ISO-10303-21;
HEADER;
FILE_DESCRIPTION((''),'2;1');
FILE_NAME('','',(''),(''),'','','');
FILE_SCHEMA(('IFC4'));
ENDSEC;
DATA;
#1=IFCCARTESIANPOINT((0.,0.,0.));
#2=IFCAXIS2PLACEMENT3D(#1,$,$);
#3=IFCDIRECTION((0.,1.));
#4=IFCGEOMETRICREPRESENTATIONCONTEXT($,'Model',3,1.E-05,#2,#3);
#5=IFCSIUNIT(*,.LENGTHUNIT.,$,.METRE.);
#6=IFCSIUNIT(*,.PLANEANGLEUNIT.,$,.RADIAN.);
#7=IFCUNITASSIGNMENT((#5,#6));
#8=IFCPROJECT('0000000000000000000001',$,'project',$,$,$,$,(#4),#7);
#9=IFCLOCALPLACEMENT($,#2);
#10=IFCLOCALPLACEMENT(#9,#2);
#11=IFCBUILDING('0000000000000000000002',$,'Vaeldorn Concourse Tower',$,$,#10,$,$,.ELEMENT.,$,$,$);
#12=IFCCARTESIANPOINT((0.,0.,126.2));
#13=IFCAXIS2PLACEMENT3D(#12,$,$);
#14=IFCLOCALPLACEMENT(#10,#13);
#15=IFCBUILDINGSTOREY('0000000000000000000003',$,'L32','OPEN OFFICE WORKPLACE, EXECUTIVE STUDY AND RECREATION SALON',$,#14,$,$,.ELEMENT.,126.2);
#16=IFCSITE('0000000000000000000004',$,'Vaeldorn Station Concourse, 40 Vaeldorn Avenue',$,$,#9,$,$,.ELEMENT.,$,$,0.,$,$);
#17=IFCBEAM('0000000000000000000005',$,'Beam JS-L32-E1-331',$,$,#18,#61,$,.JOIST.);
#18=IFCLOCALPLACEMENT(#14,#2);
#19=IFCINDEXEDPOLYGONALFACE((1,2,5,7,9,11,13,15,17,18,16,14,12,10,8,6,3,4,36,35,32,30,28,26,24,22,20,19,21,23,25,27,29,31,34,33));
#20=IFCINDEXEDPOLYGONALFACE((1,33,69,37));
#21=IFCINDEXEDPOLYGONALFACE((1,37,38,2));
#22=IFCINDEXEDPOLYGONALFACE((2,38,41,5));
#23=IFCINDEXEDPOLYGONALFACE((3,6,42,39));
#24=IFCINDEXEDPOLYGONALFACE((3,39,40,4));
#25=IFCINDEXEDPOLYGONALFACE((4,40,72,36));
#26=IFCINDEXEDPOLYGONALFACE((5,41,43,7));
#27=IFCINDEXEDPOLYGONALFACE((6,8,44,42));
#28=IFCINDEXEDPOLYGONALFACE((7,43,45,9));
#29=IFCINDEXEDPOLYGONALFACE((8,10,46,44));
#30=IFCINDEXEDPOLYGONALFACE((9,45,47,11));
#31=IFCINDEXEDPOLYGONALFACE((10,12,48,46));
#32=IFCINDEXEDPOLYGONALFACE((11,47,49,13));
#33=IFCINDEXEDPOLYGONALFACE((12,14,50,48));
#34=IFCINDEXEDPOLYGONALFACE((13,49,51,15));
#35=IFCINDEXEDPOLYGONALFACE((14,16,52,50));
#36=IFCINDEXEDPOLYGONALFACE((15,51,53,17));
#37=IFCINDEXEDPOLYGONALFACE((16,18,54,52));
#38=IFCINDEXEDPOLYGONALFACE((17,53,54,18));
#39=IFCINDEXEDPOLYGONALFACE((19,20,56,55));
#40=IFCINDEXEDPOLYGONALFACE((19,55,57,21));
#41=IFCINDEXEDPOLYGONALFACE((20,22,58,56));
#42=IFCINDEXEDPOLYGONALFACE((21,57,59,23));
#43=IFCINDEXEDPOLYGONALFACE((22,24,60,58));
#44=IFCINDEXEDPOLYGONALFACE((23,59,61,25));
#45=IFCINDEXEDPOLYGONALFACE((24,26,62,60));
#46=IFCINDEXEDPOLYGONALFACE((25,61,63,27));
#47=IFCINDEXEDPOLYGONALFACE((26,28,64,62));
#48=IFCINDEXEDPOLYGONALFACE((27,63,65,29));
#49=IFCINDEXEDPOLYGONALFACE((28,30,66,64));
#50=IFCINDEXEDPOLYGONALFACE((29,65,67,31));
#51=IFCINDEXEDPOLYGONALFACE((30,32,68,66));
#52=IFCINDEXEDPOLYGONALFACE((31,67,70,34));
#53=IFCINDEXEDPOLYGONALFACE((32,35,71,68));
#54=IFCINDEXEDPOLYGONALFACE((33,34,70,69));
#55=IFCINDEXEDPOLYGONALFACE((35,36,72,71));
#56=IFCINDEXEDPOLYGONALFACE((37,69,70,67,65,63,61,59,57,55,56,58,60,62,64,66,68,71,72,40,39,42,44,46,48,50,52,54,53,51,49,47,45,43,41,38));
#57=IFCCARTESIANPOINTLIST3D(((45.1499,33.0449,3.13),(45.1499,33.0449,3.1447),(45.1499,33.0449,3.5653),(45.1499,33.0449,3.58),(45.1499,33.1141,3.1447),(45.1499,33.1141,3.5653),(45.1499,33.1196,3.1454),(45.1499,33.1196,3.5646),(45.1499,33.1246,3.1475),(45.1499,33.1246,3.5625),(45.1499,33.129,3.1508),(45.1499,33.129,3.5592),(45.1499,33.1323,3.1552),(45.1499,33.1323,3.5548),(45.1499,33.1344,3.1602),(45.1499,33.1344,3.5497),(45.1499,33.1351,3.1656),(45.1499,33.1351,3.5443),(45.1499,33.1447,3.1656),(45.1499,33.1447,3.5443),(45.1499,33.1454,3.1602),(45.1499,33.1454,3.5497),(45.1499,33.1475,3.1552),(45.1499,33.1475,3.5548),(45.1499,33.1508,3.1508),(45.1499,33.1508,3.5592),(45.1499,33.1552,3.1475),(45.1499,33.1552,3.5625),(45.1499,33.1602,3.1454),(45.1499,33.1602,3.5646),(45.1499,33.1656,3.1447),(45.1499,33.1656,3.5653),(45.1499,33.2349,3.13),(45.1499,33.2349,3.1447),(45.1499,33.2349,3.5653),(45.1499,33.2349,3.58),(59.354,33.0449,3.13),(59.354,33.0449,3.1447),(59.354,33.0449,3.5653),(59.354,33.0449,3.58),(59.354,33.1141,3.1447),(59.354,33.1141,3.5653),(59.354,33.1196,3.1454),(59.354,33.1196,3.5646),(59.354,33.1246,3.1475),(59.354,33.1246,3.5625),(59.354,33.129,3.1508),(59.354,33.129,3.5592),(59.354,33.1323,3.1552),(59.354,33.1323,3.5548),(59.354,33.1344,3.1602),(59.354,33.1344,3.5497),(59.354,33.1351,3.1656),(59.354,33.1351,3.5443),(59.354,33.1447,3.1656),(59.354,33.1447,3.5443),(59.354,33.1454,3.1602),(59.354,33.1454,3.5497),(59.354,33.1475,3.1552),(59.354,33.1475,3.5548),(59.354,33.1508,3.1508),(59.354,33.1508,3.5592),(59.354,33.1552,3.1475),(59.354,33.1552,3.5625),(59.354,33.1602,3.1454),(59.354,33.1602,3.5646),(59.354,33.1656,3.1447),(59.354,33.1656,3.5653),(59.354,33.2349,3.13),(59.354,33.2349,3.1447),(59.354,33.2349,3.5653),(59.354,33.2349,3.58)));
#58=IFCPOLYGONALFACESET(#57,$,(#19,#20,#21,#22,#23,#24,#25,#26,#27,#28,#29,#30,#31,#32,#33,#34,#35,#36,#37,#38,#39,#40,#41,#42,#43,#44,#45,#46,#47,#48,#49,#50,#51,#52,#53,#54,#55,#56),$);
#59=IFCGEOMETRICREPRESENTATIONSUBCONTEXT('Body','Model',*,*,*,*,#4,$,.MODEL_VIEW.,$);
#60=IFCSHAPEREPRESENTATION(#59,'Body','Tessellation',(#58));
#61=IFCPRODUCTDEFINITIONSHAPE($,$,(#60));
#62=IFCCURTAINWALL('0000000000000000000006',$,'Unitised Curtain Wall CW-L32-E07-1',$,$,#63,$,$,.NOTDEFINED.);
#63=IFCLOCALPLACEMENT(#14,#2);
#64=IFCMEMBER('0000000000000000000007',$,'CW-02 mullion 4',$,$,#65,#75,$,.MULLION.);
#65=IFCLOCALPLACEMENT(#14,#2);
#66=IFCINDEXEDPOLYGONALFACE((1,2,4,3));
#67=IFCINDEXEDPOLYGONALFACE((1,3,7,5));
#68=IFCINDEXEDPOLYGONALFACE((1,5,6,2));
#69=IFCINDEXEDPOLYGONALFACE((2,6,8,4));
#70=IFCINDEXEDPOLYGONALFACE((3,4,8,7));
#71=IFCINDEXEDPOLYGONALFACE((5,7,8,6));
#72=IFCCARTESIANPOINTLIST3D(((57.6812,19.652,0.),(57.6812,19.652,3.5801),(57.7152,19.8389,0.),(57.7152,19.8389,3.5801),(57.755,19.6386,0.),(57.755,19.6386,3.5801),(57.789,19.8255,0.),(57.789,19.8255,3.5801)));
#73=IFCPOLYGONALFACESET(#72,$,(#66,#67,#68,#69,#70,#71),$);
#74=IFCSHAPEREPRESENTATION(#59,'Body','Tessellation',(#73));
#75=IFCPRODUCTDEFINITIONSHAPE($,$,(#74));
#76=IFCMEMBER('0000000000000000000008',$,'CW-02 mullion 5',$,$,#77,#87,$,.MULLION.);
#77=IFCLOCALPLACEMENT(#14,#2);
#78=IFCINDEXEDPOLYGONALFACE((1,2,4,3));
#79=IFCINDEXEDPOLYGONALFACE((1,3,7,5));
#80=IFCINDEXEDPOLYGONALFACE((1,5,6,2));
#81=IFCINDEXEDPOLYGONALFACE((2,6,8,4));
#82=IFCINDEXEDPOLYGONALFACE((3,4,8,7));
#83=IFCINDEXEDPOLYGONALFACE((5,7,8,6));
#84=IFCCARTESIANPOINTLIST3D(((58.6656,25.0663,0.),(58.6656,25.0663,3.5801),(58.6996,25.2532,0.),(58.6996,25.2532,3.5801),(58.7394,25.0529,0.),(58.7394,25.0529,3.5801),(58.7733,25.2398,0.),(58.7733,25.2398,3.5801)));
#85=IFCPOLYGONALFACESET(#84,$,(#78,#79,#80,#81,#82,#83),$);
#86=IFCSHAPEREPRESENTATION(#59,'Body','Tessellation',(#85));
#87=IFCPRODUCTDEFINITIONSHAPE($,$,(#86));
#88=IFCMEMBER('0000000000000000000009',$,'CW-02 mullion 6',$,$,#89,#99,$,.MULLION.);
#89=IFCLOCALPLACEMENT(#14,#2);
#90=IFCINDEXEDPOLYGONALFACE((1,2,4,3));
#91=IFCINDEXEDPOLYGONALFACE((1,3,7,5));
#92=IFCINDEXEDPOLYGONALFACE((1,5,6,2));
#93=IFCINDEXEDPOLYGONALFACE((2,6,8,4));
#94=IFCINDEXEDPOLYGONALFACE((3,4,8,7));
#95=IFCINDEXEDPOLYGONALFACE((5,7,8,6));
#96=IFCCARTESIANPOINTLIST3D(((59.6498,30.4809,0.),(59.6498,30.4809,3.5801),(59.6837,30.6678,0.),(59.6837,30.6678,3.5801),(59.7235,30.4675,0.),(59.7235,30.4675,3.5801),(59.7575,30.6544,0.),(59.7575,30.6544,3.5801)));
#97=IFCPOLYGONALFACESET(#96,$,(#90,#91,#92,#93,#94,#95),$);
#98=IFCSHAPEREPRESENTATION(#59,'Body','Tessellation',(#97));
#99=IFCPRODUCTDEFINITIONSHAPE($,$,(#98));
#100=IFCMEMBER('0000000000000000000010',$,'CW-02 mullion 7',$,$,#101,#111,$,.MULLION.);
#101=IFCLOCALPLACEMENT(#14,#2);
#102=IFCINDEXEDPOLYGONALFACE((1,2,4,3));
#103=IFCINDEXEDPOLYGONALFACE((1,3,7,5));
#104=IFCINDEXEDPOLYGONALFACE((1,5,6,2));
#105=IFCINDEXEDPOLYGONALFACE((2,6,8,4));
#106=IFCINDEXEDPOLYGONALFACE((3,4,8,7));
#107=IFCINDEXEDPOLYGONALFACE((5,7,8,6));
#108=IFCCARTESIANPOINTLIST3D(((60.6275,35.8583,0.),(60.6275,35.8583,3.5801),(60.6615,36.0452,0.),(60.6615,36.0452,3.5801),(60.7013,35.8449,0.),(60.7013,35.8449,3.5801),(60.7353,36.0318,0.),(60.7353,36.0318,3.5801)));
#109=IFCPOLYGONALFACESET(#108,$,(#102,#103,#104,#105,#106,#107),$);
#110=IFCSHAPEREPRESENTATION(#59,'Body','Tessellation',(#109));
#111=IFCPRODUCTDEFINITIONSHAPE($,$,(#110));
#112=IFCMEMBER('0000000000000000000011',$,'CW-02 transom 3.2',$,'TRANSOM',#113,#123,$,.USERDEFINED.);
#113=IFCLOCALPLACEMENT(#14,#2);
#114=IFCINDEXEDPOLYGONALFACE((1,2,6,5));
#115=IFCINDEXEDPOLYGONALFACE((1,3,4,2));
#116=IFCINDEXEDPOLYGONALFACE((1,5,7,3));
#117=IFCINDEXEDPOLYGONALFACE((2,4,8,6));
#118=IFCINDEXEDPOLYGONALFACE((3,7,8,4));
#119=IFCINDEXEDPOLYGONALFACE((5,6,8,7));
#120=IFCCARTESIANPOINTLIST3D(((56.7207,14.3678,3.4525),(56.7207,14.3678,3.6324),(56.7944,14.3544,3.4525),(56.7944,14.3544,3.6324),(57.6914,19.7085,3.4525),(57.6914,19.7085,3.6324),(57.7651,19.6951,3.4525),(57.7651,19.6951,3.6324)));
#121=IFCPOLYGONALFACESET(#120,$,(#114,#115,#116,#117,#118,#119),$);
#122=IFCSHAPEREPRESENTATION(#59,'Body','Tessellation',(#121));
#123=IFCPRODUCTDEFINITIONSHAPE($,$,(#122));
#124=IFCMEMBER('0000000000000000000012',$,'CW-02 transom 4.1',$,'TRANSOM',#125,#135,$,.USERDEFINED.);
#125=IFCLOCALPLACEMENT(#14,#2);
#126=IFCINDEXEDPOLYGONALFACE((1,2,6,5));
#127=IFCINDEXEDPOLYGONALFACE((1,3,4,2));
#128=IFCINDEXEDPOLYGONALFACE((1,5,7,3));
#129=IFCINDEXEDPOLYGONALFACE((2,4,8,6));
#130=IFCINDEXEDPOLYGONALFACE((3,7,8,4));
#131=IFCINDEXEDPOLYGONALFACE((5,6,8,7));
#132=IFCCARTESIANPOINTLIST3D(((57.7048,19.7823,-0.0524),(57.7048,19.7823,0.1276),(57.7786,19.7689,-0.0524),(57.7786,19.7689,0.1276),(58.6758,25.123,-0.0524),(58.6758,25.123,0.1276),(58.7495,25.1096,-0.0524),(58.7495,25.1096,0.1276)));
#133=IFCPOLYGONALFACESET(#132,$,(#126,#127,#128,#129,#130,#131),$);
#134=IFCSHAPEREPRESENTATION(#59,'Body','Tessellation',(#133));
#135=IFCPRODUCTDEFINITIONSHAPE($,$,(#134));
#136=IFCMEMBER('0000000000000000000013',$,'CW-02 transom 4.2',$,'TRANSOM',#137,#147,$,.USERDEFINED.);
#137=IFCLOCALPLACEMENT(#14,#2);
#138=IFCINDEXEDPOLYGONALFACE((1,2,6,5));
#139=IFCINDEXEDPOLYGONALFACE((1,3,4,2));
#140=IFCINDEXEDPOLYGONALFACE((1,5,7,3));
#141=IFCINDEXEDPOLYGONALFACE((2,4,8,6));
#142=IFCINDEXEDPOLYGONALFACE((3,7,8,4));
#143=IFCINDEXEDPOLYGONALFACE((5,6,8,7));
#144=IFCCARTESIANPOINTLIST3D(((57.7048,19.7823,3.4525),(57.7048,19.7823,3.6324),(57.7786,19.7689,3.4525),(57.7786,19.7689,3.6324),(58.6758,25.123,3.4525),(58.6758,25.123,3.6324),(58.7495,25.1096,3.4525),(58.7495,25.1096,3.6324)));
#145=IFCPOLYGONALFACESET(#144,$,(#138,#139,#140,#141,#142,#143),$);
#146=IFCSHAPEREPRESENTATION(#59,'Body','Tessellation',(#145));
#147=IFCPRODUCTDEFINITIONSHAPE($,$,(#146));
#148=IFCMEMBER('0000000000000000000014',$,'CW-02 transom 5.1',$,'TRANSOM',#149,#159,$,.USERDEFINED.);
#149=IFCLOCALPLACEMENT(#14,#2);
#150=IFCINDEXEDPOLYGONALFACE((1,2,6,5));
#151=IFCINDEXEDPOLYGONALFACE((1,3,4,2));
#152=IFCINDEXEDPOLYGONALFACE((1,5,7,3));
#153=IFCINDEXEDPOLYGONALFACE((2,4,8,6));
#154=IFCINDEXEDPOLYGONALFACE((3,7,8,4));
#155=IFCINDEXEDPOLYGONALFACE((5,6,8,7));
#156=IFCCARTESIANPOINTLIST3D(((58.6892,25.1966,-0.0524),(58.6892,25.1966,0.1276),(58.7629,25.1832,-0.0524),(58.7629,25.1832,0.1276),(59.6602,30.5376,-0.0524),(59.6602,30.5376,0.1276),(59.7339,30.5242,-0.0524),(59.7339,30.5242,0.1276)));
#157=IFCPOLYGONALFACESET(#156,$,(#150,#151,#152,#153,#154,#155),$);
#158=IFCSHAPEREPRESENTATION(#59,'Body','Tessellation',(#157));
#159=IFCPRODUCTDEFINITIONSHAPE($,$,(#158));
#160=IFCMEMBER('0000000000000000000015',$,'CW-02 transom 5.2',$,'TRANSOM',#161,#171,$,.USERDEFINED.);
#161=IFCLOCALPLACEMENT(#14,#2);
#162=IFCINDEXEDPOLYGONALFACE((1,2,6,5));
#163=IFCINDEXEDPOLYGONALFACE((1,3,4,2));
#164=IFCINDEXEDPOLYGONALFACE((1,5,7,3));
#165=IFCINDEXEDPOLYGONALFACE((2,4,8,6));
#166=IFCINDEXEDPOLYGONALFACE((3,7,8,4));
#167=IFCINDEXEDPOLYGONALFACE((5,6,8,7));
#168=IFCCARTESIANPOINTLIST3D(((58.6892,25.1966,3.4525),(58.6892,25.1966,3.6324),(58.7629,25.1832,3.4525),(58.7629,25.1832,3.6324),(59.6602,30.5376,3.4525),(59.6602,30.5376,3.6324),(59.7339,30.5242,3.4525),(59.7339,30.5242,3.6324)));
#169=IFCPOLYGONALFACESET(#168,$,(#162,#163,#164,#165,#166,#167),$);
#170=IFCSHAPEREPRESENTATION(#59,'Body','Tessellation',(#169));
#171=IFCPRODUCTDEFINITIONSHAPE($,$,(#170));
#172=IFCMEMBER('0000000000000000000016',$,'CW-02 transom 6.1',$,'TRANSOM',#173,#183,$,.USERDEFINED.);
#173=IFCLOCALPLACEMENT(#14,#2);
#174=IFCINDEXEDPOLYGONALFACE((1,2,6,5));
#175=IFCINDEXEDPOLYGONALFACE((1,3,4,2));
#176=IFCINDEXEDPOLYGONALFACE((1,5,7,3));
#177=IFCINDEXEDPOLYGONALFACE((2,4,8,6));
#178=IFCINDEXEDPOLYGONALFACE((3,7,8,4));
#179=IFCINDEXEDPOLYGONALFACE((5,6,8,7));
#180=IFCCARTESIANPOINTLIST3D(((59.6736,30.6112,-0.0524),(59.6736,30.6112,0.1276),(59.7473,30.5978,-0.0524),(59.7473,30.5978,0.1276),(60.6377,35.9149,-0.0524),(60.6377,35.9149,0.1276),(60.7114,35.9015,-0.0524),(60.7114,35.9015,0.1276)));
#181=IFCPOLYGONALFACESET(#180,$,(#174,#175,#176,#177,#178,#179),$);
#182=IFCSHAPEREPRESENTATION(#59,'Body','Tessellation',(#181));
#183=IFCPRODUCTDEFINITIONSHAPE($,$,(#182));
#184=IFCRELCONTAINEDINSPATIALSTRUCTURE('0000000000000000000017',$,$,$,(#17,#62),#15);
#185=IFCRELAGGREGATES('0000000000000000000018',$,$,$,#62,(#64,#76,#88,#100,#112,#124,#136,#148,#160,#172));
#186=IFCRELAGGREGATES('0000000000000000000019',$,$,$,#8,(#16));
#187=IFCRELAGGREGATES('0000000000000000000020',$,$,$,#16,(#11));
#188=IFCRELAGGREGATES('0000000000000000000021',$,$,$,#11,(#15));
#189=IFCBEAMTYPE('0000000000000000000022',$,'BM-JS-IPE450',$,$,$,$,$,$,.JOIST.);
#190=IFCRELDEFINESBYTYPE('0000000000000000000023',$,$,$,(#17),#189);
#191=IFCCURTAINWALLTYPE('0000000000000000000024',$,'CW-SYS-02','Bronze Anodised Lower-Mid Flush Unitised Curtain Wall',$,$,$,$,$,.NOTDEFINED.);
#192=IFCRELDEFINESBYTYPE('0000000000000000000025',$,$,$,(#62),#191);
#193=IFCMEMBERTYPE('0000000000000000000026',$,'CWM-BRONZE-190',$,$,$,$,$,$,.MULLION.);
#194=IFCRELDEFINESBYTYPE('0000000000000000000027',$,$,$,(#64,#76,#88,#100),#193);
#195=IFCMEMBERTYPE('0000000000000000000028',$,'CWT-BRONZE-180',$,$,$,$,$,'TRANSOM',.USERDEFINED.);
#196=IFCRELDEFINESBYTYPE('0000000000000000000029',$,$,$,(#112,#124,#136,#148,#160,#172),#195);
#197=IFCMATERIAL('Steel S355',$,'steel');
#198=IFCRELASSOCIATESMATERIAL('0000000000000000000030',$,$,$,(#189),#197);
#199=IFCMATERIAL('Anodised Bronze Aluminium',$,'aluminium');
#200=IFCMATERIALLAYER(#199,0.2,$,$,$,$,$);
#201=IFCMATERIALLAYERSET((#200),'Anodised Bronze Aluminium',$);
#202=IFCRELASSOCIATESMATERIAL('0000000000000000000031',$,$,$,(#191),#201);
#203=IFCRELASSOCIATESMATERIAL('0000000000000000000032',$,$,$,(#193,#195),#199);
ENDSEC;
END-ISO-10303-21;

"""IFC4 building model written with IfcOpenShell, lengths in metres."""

from ifc_helpers import new_model, si_unit, direction, frame, origin, origin_2d, place, context, subcontext, project, spatial, rectangle, i_section, extrude, source, transform, mapped, material, layer, layer_set, material_profile, profile_set, type_object, element, aggregate, save


model = new_model("IFC4")

# Units and contexts
model_context = context("Model", 3, precision=1e-05, world=origin(), true_north=direction((0.0, 1.0)))
body_context = subcontext(model_context, "Body", "Model", "MODEL_VIEW")
ifc_project = project(units=[si_unit("LENGTHUNIT", "METRE"), si_unit("PLANEANGLEUNIT", "RADIAN")], contexts=[model_context])

# Site, building, storey
site_placement = place(None, origin())
site = spatial("IfcSite", under=ifc_project, at=site_placement, Name="Vaeldorn Station Concourse, 40 Vaeldorn Avenue", CompositionType="ELEMENT", RefElevation=0.0)
building_placement = place(site_placement, origin())
building = spatial("IfcBuilding", under=site, at=building_placement, Name="Vaeldorn Concourse Tower", CompositionType="ELEMENT")
storey_placement = place(building_placement, frame((0.0, 0.0, 126.2)))
storey = spatial("IfcBuildingStorey", under=building, at=storey_placement, Name="L32", Description="OPEN OFFICE WORKPLACE, EXECUTIVE STUDY AND RECREATION SALON", CompositionType="ELEMENT", Elevation=126.2)

# Beam
ifc_material_1 = material(Name="Steel S355", Category="steel")
ifc_material_profile_1 = material_profile(ifc_material_1, i_section(OverallWidth=0.1899, OverallDepth=0.45, WebThickness=0.0095, FlangeThickness=0.0146, FilletRadius=0.021, at=origin_2d()), Name="IPE 450")
ifc_profile_set_1 = profile_set([ifc_material_profile_1], Name="Steel S355")
beam_type_1 = type_object("IfcBeamType", Name="BM-JS-IPE450", PredefinedType="JOIST", material=ifc_profile_set_1)
shared_shape_1 = source(origin(), body_context, "Body", "SweptSolid", [
    extrude(i_section(OverallWidth=0.1899, OverallDepth=0.45, WebThickness=0.0095, FlangeThickness=0.0146, FilletRadius=0.021, at=origin_2d()), origin(), (0.0, 0.0, 1.0), 14.2041),
])
beam_1_placement = place(storey_placement, frame((45.1499, 33.1399, 3.355), z_axis=(1.0, 0.0, 0.0), x_axis=(0.0, 1.0, 0.0)))
element("IfcBeam", 1, at=beam_1_placement, inside=storey, type_object=beam_type_1, Name="Beam JS-L32-E1-331", PredefinedType="JOIST", context=body_context, shape_type="MappedRepresentation", body=[
    mapped(shared_shape_1, transform((0.0, 0.0, 0.0), scale=1.0)),
])

# Curtain wall, members
ifc_material_2 = material(Name="Anodised Bronze Aluminium", Category="aluminium")
ifc_layer_1 = layer(ifc_material_2, 0.2)
ifc_layer_set_1 = layer_set([ifc_layer_1], Name="Anodised Bronze Aluminium")
curtain_wall_type = type_object("IfcCurtainWallType", Name="CW-SYS-02", Description="Bronze Anodised Lower-Mid Flush Unitised Curtain Wall", PredefinedType="NOTDEFINED", material=ifc_layer_set_1)
curtain_wall_placement = place(storey_placement, origin())
curtain_wall = element("IfcCurtainWall", 2, at=curtain_wall_placement, inside=storey, type_object=curtain_wall_type, Name="Unitised Curtain Wall CW-L32-E07-1", PredefinedType="NOTDEFINED")
ifc_material_profile_2 = material_profile(ifc_material_2, rectangle(XDim=0.075, YDim=0.1899, at=origin_2d()), Name="CWM 75x190")
ifc_profile_set_2 = profile_set([ifc_material_profile_2], Name="Anodised Bronze Aluminium")
member_type_1 = type_object("IfcMemberType", Name="CWM-BRONZE-190", PredefinedType="MULLION", material=ifc_profile_set_2)
shared_shape_2 = source(origin(), body_context, "Body", "SweptSolid", [
    extrude(rectangle(XDim=0.075, YDim=0.1899, at=origin_2d()), origin(), (0.0, 0.0, 1.0), 3.5801),
])
member_1_placement = place(storey_placement, frame((57.7351, 19.7388, 0.0), z_axis=(0.0, 0.0, 1.0), x_axis=(-0.983874, 0.17886, 0.0)))
member_1 = element("IfcMember", 3, at=member_1_placement, type_object=member_type_1, Name="CW-02 mullion 4", PredefinedType="MULLION", context=body_context, shape_type="MappedRepresentation", body=[
    mapped(shared_shape_2, transform((0.0, 0.0, 0.0), scale=1.0)),
])
member_2_placement = place(storey_placement, frame((58.7195, 25.1531, 0.0), z_axis=(0.0, 0.0, 1.0), x_axis=(-0.983874, 0.17886, 0.0)))
member_2 = element("IfcMember", 4, at=member_2_placement, type_object=member_type_1, Name="CW-02 mullion 5", PredefinedType="MULLION", context=body_context, shape_type="MappedRepresentation", body=[
    mapped(shared_shape_2, transform((0.0, 0.0, 0.0), scale=1.0)),
])
member_3_placement = place(storey_placement, frame((59.7036, 30.5676, 0.0), z_axis=(0.0, 0.0, 1.0), x_axis=(-0.983874, 0.17886, 0.0)))
member_3 = element("IfcMember", 5, at=member_3_placement, type_object=member_type_1, Name="CW-02 mullion 6", PredefinedType="MULLION", context=body_context, shape_type="MappedRepresentation", body=[
    mapped(shared_shape_2, transform((0.0, 0.0, 0.0), scale=1.0)),
])
member_4_placement = place(storey_placement, frame((60.6814, 35.9451, 0.0), z_axis=(0.0, 0.0, 1.0), x_axis=(-0.983874, 0.17886, 0.0)))
member_4 = element("IfcMember", 6, at=member_4_placement, type_object=member_type_1, Name="CW-02 mullion 7", PredefinedType="MULLION", context=body_context, shape_type="MappedRepresentation", body=[
    mapped(shared_shape_2, transform((0.0, 0.0, 0.0), scale=1.0)),
])
ifc_material_profile_3 = material_profile(ifc_material_2, rectangle(XDim=0.075, YDim=0.1799, at=origin_2d()), Name="CWT 75x180")
ifc_profile_set_3 = profile_set([ifc_material_profile_3], Name="Anodised Bronze Aluminium")
member_type_2 = type_object("IfcMemberType", Name="CWT-BRONZE-180", ElementType="TRANSOM", PredefinedType="USERDEFINED", material=ifc_profile_set_3)
shared_shape_3 = source(origin(), body_context, "Body", "SweptSolid", [
    extrude(rectangle(XDim=0.075, YDim=0.1799, at=origin_2d()), origin(), (0.0, 0.0, 1.0), 5.4282),
])
member_5_placement = place(storey_placement, frame((56.7576, 14.3611, 3.5425), z_axis=(0.178822, 0.983881, 0.0), x_axis=(-0.983881, 0.178822, 0.0)))
member_5 = element("IfcMember", 7, at=member_5_placement, type_object=member_type_2, Name="CW-02 transom 3.2", ObjectType="TRANSOM", PredefinedType="USERDEFINED", context=body_context, shape_type="MappedRepresentation", body=[
    mapped(shared_shape_3, transform((0.0, 0.0, 0.0), scale=1.0)),
])
member_6_placement = place(storey_placement, frame((57.7417, 19.7756, 0.0376), z_axis=(0.178874, 0.983872, 0.0), x_axis=(-0.983872, 0.178874, 0.0)))
member_6 = element("IfcMember", 8, at=member_6_placement, type_object=member_type_2, Name="CW-02 transom 4.1", ObjectType="TRANSOM", PredefinedType="USERDEFINED", context=body_context, shape_type="MappedRepresentation", body=[
    mapped(shared_shape_3, transform((0.0, 0.0, 0.0), scale=1.0)),
])
member_7_placement = place(storey_placement, frame((57.7417, 19.7756, 3.5425), z_axis=(0.178874, 0.983872, 0.0), x_axis=(-0.983872, 0.178874, 0.0)))
member_7 = element("IfcMember", 9, at=member_7_placement, type_object=member_type_2, Name="CW-02 transom 4.2", ObjectType="TRANSOM", PredefinedType="USERDEFINED", context=body_context, shape_type="MappedRepresentation", body=[
    mapped(shared_shape_3, transform((0.0, 0.0, 0.0), scale=1.0)),
])
shared_shape_4 = source(origin(), body_context, "Body", "SweptSolid", [
    extrude(rectangle(XDim=0.075, YDim=0.1799, at=origin_2d()), origin(), (0.0, 0.0, 1.0), 5.4285),
])
member_8_placement = place(storey_placement, frame((58.7261, 25.1899, 0.0376), z_axis=(0.178866, 0.983874, 0.0), x_axis=(-0.983874, 0.178866, 0.0)))
member_8 = element("IfcMember", 10, at=member_8_placement, type_object=member_type_2, Name="CW-02 transom 5.1", ObjectType="TRANSOM", PredefinedType="USERDEFINED", context=body_context, shape_type="MappedRepresentation", body=[
    mapped(shared_shape_4, transform((0.0, 0.0, 0.0), scale=1.0)),
])
member_9_placement = place(storey_placement, frame((58.7261, 25.1899, 3.5425), z_axis=(0.178866, 0.983874, 0.0), x_axis=(-0.983874, 0.178866, 0.0)))
member_9 = element("IfcMember", 11, at=member_9_placement, type_object=member_type_2, Name="CW-02 transom 5.2", ObjectType="TRANSOM", PredefinedType="USERDEFINED", context=body_context, shape_type="MappedRepresentation", body=[
    mapped(shared_shape_4, transform((0.0, 0.0, 0.0), scale=1.0)),
])
shared_shape_5 = source(origin(), body_context, "Body", "SweptSolid", [
    extrude(rectangle(XDim=0.075, YDim=0.1799, at=origin_2d()), origin(), (0.0, 0.0, 1.0), 5.3906),
])
member_10_placement = place(storey_placement, frame((59.7104, 30.6045, 0.0376), z_axis=(0.17885, 0.983876, 0.0), x_axis=(-0.983876, 0.17885, 0.0)))
member_10 = element("IfcMember", 12, at=member_10_placement, type_object=member_type_2, Name="CW-02 transom 6.1", ObjectType="TRANSOM", PredefinedType="USERDEFINED", context=body_context, shape_type="MappedRepresentation", body=[
    mapped(shared_shape_5, transform((0.0, 0.0, 0.0), scale=1.0)),
])
aggregate(curtain_wall, [member_1, member_2, member_3, member_4, member_5, member_6, member_7, member_8, member_9, member_10])

save(model, "model.ifc")
